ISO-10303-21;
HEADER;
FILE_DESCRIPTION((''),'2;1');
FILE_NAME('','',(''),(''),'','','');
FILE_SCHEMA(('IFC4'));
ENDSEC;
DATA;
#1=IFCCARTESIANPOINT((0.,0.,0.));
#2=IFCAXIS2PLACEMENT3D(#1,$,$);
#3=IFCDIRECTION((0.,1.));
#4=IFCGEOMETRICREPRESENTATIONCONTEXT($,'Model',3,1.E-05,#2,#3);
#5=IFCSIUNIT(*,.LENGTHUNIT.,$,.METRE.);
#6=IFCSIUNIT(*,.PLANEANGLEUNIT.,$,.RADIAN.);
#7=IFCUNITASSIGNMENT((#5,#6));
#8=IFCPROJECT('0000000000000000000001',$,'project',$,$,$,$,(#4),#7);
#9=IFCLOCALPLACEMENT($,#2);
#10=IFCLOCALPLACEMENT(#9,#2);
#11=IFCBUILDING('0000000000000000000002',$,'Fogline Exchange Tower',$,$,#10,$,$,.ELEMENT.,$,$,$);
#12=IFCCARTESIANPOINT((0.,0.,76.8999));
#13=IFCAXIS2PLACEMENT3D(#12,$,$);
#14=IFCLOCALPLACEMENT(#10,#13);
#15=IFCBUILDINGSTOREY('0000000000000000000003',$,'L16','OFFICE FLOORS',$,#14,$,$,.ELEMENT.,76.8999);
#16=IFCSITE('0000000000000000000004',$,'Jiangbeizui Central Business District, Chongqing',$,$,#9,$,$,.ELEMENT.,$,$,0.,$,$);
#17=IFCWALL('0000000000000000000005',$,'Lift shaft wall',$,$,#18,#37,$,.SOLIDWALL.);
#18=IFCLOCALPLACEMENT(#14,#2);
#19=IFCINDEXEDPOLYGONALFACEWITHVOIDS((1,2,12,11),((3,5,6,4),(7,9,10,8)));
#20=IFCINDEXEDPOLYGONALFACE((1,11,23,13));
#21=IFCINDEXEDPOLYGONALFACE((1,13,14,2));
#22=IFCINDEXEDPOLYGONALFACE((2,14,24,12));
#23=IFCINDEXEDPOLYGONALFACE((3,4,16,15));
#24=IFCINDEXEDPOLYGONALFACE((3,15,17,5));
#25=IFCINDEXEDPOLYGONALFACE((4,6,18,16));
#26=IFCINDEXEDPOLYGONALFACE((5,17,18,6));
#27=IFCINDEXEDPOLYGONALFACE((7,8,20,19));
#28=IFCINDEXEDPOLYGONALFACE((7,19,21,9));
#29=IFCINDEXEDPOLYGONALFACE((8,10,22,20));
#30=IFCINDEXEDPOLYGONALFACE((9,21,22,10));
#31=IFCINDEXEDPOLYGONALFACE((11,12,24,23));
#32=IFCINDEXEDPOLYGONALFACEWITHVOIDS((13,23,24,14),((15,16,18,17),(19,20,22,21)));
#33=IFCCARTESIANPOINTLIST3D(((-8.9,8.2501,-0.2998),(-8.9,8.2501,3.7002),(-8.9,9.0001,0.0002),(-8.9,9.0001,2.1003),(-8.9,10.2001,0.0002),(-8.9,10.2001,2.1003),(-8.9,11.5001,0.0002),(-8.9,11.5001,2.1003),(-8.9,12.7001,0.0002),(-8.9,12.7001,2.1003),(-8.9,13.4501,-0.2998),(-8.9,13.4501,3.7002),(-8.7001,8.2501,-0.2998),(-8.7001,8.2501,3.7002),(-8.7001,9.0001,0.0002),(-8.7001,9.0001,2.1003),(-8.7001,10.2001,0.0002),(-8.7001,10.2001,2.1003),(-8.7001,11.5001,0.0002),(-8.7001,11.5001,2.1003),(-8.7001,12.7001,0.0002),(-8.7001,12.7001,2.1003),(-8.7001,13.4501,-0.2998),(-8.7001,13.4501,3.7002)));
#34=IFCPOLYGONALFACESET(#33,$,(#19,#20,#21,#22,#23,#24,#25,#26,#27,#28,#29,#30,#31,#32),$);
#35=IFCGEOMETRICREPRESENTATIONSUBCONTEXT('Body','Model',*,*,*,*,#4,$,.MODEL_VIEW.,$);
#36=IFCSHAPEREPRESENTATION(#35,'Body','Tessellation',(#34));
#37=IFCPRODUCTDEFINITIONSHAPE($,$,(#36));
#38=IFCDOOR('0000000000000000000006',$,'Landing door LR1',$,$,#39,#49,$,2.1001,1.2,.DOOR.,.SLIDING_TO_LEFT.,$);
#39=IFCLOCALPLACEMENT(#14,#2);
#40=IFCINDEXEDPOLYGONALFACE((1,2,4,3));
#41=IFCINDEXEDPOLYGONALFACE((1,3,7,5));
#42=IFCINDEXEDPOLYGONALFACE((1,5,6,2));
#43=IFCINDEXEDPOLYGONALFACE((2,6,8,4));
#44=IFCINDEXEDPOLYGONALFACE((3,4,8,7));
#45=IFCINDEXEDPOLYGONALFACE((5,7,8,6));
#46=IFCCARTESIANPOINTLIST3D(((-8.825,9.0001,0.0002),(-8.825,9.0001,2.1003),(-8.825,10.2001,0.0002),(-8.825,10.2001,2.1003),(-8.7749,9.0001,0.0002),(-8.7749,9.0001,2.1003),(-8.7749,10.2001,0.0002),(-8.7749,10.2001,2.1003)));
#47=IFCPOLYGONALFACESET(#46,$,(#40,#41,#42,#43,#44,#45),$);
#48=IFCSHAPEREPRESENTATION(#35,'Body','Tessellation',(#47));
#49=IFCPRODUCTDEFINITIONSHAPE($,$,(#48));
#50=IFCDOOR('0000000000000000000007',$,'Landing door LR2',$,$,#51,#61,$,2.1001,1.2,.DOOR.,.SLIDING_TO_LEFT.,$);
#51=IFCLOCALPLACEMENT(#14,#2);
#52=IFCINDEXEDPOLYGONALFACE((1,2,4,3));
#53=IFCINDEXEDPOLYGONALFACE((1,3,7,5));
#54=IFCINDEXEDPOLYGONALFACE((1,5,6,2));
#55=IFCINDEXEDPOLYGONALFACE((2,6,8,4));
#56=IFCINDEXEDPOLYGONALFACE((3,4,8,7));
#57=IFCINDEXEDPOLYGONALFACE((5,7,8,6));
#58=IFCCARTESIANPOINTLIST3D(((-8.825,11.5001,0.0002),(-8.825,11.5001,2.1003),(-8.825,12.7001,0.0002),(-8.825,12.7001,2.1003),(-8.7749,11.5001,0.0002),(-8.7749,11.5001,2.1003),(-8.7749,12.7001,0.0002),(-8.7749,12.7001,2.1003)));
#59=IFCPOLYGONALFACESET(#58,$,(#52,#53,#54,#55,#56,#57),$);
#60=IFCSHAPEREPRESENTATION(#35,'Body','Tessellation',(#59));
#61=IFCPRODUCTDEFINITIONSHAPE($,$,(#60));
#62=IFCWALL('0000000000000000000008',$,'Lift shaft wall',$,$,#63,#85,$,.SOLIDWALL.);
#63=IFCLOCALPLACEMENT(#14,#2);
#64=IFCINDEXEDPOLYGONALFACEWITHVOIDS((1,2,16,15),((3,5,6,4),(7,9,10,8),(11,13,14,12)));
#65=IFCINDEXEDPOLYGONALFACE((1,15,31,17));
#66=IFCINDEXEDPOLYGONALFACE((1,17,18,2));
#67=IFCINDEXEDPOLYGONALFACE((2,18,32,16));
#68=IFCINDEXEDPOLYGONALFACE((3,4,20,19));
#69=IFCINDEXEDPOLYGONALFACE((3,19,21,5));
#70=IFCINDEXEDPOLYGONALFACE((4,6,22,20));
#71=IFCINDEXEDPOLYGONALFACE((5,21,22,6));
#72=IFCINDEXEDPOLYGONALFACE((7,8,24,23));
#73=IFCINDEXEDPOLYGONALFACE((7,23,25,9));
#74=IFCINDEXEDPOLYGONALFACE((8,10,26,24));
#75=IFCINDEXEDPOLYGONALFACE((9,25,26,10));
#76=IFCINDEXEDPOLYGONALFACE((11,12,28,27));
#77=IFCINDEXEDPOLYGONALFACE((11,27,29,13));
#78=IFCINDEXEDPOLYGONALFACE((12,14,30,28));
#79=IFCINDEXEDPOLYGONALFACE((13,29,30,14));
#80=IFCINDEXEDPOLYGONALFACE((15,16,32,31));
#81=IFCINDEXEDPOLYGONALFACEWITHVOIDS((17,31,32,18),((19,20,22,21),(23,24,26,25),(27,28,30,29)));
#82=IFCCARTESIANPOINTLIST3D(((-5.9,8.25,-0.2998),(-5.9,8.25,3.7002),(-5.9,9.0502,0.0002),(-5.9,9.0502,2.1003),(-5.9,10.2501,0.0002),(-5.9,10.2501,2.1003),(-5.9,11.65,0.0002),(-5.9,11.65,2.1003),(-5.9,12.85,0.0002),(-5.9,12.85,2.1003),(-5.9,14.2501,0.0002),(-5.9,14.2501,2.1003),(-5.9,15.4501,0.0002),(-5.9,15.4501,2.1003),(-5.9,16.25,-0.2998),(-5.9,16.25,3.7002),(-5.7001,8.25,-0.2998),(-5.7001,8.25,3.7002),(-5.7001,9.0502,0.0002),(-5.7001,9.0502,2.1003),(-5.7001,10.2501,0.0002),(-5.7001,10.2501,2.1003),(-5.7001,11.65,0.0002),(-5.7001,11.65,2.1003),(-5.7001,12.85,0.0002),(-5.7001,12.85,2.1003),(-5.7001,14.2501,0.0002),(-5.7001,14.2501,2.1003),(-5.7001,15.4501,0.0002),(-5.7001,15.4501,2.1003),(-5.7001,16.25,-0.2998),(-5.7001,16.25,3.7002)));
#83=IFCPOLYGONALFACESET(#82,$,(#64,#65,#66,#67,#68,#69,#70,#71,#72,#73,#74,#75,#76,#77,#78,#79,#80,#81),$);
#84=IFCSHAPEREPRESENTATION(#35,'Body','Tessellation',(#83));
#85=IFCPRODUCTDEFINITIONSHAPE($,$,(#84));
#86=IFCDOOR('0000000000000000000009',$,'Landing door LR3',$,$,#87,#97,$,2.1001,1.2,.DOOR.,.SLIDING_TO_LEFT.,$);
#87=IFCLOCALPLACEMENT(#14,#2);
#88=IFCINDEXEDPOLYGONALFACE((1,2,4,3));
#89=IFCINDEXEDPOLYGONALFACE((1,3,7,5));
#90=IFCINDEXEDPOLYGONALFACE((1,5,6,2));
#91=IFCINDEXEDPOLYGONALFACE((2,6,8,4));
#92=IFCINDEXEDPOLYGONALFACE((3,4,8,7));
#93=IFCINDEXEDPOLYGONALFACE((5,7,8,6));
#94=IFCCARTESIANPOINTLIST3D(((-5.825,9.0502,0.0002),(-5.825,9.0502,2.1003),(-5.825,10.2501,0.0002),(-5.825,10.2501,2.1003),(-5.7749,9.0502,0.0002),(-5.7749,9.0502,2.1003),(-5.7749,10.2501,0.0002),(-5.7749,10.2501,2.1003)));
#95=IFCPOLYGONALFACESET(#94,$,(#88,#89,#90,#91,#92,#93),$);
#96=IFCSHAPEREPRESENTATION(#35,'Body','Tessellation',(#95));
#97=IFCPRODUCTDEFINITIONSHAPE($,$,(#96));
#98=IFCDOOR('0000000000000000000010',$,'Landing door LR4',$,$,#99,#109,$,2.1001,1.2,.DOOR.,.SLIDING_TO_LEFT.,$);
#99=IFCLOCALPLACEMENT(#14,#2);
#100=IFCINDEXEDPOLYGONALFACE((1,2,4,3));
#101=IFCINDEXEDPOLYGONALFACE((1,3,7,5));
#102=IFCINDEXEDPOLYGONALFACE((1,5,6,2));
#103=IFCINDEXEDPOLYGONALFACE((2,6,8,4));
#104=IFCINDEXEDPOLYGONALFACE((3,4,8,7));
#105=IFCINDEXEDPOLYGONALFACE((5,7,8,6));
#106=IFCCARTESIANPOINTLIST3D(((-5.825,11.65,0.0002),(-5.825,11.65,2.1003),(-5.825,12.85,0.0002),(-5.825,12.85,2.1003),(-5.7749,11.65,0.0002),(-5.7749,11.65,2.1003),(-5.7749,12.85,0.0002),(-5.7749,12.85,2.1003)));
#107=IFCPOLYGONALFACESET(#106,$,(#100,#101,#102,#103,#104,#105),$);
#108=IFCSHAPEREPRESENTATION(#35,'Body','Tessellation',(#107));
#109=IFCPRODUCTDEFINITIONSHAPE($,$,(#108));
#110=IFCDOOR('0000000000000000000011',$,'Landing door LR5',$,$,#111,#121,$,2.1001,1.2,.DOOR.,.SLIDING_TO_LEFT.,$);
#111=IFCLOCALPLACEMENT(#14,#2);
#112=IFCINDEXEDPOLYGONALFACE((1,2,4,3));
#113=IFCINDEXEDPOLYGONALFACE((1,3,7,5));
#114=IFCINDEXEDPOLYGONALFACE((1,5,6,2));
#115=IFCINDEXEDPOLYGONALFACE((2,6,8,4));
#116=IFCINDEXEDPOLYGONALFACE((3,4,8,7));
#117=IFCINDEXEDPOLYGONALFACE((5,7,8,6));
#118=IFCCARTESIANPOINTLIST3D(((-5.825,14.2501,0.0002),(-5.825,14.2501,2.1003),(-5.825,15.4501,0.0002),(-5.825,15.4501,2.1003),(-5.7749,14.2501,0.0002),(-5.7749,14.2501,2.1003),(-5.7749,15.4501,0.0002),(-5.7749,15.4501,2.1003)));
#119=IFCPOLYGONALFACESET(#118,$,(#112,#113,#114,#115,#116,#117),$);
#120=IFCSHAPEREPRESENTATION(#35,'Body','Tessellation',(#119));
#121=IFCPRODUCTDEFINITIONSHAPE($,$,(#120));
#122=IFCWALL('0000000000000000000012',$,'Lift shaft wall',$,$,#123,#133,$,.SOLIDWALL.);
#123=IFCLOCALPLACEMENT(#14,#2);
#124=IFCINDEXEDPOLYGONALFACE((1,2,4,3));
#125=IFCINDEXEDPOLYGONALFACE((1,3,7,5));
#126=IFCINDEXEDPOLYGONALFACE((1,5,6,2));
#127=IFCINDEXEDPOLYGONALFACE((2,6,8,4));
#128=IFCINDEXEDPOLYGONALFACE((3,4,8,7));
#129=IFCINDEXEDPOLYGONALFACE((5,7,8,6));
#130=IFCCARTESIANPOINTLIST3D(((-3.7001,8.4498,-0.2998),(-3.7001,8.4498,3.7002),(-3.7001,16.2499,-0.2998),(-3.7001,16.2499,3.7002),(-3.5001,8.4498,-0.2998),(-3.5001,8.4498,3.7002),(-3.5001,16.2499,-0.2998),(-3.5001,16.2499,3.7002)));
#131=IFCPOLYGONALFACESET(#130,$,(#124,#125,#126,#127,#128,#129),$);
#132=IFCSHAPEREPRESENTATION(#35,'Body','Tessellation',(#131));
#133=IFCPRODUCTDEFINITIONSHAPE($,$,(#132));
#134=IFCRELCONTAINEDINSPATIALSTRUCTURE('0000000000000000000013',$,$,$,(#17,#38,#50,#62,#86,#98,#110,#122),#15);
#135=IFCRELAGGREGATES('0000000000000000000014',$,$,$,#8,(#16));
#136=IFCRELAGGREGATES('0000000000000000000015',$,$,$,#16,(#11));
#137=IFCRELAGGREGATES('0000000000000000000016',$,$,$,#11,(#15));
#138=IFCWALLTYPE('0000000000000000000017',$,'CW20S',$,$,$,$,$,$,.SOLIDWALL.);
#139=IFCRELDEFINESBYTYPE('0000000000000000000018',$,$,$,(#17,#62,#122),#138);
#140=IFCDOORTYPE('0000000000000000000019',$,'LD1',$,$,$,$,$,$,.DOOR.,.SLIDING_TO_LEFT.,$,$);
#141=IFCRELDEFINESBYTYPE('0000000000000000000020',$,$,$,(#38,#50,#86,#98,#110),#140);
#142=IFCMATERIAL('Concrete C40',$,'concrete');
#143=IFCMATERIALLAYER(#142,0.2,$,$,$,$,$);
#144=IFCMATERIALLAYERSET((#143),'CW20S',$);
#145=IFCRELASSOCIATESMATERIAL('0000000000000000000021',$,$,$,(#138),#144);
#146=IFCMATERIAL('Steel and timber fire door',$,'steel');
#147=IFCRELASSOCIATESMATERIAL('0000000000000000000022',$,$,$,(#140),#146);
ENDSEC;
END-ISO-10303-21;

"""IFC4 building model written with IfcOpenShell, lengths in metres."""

from ifc_helpers import new_model, si_unit, direction, frame, frame_2d, origin, place, context, subcontext, project, spatial, rectangle, extrude, material, layer, layer_set, type_object, element, fill, save


model = new_model("IFC4")

# Units and contexts
model_context = context("Model", 3, precision=1e-05, world=origin(), true_north=direction((0.0, 1.0)))
body_context = subcontext(model_context, "Body", "Model", "MODEL_VIEW")
ifc_project = project(units=[si_unit("LENGTHUNIT", "METRE"), si_unit("PLANEANGLEUNIT", "RADIAN")], contexts=[model_context])

# Site, building, storey
site_placement = place(None, origin())
site = spatial("IfcSite", under=ifc_project, at=site_placement, Name="Jiangbeizui Central Business District, Chongqing", CompositionType="ELEMENT", RefElevation=0.0)
building_placement = place(site_placement, origin())
building = spatial("IfcBuilding", under=site, at=building_placement, Name="Fogline Exchange Tower", CompositionType="ELEMENT")
storey_placement = place(building_placement, frame((0.0, 0.0, 76.8999)))
storey = spatial("IfcBuildingStorey", under=building, at=storey_placement, Name="L16", Description="OFFICE FLOORS", CompositionType="ELEMENT", Elevation=76.8999)

# Shared definitions
ifc_material_1 = material(Name="Steel and timber fire door", Category="steel")

# Shared definitions
ifc_material_2 = material(Name="Concrete C40", Category="concrete")

# Walls, openings, doors
ifc_layer_1 = layer(ifc_material_2, 0.2)
ifc_layer_set_1 = layer_set([ifc_layer_1], Name="CW20S")
wall_type_1 = type_object("IfcWallType", Name="CW20S", PredefinedType="SOLIDWALL", material=ifc_layer_set_1)
wall_1_placement = place(storey_placement, frame((-8.8, 8.25, -0.2998), z_axis=(0.0, 0.0, 1.0), x_axis=(0.0, 1.0, 0.0)))
wall_1 = element("IfcWall", 1, at=wall_1_placement, inside=storey, type_object=wall_type_1, Name="Lift shaft wall", PredefinedType="SOLIDWALL", context=body_context, shape_type="SweptSolid", body=[
    extrude(rectangle(XDim=5.2, YDim=0.2, at=frame_2d((2.6001, 0.0))), origin(), (0.0, 0.0, 1.0), 4.0),
])
opening_1_placement = place(wall_1_placement, frame((0.75, 0.0, 0.3)))
opening_1 = element("IfcOpeningElement", 2, at=opening_1_placement, cuts=wall_1, PredefinedType="OPENING", context=body_context, shape_type="SweptSolid", body=[
    extrude(rectangle(XDim=1.2, YDim=2.1001, at=frame_2d((0.6001, 1.05))), frame((0.0, 0.1099, 0.0), z_axis=(0.0, -1.0, 0.0), x_axis=(1.0, 0.0, 0.0)), (0.0, 0.0, 1.0), 0.22),
])
opening_2_placement = place(wall_1_placement, frame((3.25, 0.0, 0.3)))
opening_2 = element("IfcOpeningElement", 3, at=opening_2_placement, cuts=wall_1, PredefinedType="OPENING", context=body_context, shape_type="SweptSolid", body=[
    extrude(rectangle(XDim=1.2, YDim=2.1001, at=frame_2d((0.6001, 1.05))), frame((0.0, 0.1099, 0.0), z_axis=(0.0, -1.0, 0.0), x_axis=(1.0, 0.0, 0.0)), (0.0, 0.0, 1.0), 0.22),
])
door_type_1 = type_object("IfcDoorType", Name="LD1", OperationType="SLIDING_TO_LEFT", PredefinedType="DOOR", material=ifc_material_1)
door_1_placement = place(opening_1_placement, origin())
door_1 = element("IfcDoor", 4, at=door_1_placement, inside=storey, type_object=door_type_1, Name="Landing door LR1", OperationType="SLIDING_TO_LEFT", OverallHeight=2.1001, OverallWidth=1.2, PredefinedType="DOOR", context=body_context, shape_type="SweptSolid", body=[
    extrude(rectangle(XDim=1.2, YDim=2.1001, at=frame_2d((0.6001, 1.05))), frame((0.0, 0.0249, 0.0), z_axis=(0.0, -1.0, 0.0), x_axis=(1.0, 0.0, 0.0)), (0.0, 0.0, 1.0), 0.05),
])
fill(opening_1, door_1)
door_2_placement = place(opening_2_placement, origin())
door_2 = element("IfcDoor", 5, at=door_2_placement, inside=storey, type_object=door_type_1, Name="Landing door LR2", OperationType="SLIDING_TO_LEFT", OverallHeight=2.1001, OverallWidth=1.2, PredefinedType="DOOR", context=body_context, shape_type="SweptSolid", body=[
    extrude(rectangle(XDim=1.2, YDim=2.1001, at=frame_2d((0.6001, 1.05))), frame((0.0, 0.0249, 0.0), z_axis=(0.0, -1.0, 0.0), x_axis=(1.0, 0.0, 0.0)), (0.0, 0.0, 1.0), 0.05),
])
fill(opening_2, door_2)
wall_2_placement = place(storey_placement, frame((-5.8, 8.25, -0.2998), z_axis=(0.0, 0.0, 1.0), x_axis=(0.0, 1.0, 0.0)))
wall_2 = element("IfcWall", 6, at=wall_2_placement, inside=storey, type_object=wall_type_1, Name="Lift shaft wall", PredefinedType="SOLIDWALL", context=body_context, shape_type="SweptSolid", body=[
    extrude(rectangle(XDim=8.0, YDim=0.2, at=frame_2d((4.0, 0.0))), origin(), (0.0, 0.0, 1.0), 4.0),
])
opening_3_placement = place(wall_2_placement, frame((0.8, 0.0, 0.3)))
opening_3 = element("IfcOpeningElement", 7, at=opening_3_placement, cuts=wall_2, PredefinedType="OPENING", context=body_context, shape_type="SweptSolid", body=[
    extrude(rectangle(XDim=1.2, YDim=2.1001, at=frame_2d((0.6001, 1.05))), frame((0.0, 0.1099, 0.0), z_axis=(0.0, -1.0, 0.0), x_axis=(1.0, 0.0, 0.0)), (0.0, 0.0, 1.0), 0.22),
])
opening_4_placement = place(wall_2_placement, frame((3.3999, 0.0, 0.3)))
opening_4 = element("IfcOpeningElement", 8, at=opening_4_placement, cuts=wall_2, PredefinedType="OPENING", context=body_context, shape_type="SweptSolid", body=[
    extrude(rectangle(XDim=1.2, YDim=2.1001, at=frame_2d((0.6001, 1.05))), frame((0.0, 0.1099, 0.0), z_axis=(0.0, -1.0, 0.0), x_axis=(1.0, 0.0, 0.0)), (0.0, 0.0, 1.0), 0.22),
])
opening_5_placement = place(wall_2_placement, frame((6.0, 0.0, 0.3)))
opening_5 = element("IfcOpeningElement", 9, at=opening_5_placement, cuts=wall_2, PredefinedType="OPENING", context=body_context, shape_type="SweptSolid", body=[
    extrude(rectangle(XDim=1.2, YDim=2.1001, at=frame_2d((0.6001, 1.05))), frame((0.0, 0.1099, 0.0), z_axis=(0.0, -1.0, 0.0), x_axis=(1.0, 0.0, 0.0)), (0.0, 0.0, 1.0), 0.22),
])
door_3_placement = place(opening_3_placement, origin())
door_3 = element("IfcDoor", 10, at=door_3_placement, inside=storey, type_object=door_type_1, Name="Landing door LR3", OperationType="SLIDING_TO_LEFT", OverallHeight=2.1001, OverallWidth=1.2, PredefinedType="DOOR", context=body_context, shape_type="SweptSolid", body=[
    extrude(rectangle(XDim=1.2, YDim=2.1001, at=frame_2d((0.6001, 1.05))), frame((0.0, 0.0249, 0.0), z_axis=(0.0, -1.0, 0.0), x_axis=(1.0, 0.0, 0.0)), (0.0, 0.0, 1.0), 0.05),
])
fill(opening_3, door_3)
door_4_placement = place(opening_4_placement, origin())
door_4 = element("IfcDoor", 11, at=door_4_placement, inside=storey, type_object=door_type_1, Name="Landing door LR4", OperationType="SLIDING_TO_LEFT", OverallHeight=2.1001, OverallWidth=1.2, PredefinedType="DOOR", context=body_context, shape_type="SweptSolid", body=[
    extrude(rectangle(XDim=1.2, YDim=2.1001, at=frame_2d((0.6001, 1.05))), frame((0.0, 0.0249, 0.0), z_axis=(0.0, -1.0, 0.0), x_axis=(1.0, 0.0, 0.0)), (0.0, 0.0, 1.0), 0.05),
])
fill(opening_4, door_4)
door_5_placement = place(opening_5_placement, origin())
door_5 = element("IfcDoor", 12, at=door_5_placement, inside=storey, type_object=door_type_1, Name="Landing door LR5", OperationType="SLIDING_TO_LEFT", OverallHeight=2.1001, OverallWidth=1.2, PredefinedType="DOOR", context=body_context, shape_type="SweptSolid", body=[
    extrude(rectangle(XDim=1.2, YDim=2.1001, at=frame_2d((0.6001, 1.05))), frame((0.0, 0.0249, 0.0), z_axis=(0.0, -1.0, 0.0), x_axis=(1.0, 0.0, 0.0)), (0.0, 0.0, 1.0), 0.05),
])
fill(opening_5, door_5)

# Wall
wall_3_placement = place(storey_placement, frame((-3.6001, 8.45, -0.2998), z_axis=(0.0, 0.0, 1.0), x_axis=(0.0, 1.0, 0.0)))
element("IfcWall", 13, at=wall_3_placement, inside=storey, type_object=wall_type_1, Name="Lift shaft wall", PredefinedType="SOLIDWALL", context=body_context, shape_type="SweptSolid", body=[
    extrude(rectangle(XDim=7.8, YDim=0.2, at=frame_2d((3.8999, 0.0))), origin(), (0.0, 0.0, 1.0), 4.0),
])

save(model, "model.ifc")
